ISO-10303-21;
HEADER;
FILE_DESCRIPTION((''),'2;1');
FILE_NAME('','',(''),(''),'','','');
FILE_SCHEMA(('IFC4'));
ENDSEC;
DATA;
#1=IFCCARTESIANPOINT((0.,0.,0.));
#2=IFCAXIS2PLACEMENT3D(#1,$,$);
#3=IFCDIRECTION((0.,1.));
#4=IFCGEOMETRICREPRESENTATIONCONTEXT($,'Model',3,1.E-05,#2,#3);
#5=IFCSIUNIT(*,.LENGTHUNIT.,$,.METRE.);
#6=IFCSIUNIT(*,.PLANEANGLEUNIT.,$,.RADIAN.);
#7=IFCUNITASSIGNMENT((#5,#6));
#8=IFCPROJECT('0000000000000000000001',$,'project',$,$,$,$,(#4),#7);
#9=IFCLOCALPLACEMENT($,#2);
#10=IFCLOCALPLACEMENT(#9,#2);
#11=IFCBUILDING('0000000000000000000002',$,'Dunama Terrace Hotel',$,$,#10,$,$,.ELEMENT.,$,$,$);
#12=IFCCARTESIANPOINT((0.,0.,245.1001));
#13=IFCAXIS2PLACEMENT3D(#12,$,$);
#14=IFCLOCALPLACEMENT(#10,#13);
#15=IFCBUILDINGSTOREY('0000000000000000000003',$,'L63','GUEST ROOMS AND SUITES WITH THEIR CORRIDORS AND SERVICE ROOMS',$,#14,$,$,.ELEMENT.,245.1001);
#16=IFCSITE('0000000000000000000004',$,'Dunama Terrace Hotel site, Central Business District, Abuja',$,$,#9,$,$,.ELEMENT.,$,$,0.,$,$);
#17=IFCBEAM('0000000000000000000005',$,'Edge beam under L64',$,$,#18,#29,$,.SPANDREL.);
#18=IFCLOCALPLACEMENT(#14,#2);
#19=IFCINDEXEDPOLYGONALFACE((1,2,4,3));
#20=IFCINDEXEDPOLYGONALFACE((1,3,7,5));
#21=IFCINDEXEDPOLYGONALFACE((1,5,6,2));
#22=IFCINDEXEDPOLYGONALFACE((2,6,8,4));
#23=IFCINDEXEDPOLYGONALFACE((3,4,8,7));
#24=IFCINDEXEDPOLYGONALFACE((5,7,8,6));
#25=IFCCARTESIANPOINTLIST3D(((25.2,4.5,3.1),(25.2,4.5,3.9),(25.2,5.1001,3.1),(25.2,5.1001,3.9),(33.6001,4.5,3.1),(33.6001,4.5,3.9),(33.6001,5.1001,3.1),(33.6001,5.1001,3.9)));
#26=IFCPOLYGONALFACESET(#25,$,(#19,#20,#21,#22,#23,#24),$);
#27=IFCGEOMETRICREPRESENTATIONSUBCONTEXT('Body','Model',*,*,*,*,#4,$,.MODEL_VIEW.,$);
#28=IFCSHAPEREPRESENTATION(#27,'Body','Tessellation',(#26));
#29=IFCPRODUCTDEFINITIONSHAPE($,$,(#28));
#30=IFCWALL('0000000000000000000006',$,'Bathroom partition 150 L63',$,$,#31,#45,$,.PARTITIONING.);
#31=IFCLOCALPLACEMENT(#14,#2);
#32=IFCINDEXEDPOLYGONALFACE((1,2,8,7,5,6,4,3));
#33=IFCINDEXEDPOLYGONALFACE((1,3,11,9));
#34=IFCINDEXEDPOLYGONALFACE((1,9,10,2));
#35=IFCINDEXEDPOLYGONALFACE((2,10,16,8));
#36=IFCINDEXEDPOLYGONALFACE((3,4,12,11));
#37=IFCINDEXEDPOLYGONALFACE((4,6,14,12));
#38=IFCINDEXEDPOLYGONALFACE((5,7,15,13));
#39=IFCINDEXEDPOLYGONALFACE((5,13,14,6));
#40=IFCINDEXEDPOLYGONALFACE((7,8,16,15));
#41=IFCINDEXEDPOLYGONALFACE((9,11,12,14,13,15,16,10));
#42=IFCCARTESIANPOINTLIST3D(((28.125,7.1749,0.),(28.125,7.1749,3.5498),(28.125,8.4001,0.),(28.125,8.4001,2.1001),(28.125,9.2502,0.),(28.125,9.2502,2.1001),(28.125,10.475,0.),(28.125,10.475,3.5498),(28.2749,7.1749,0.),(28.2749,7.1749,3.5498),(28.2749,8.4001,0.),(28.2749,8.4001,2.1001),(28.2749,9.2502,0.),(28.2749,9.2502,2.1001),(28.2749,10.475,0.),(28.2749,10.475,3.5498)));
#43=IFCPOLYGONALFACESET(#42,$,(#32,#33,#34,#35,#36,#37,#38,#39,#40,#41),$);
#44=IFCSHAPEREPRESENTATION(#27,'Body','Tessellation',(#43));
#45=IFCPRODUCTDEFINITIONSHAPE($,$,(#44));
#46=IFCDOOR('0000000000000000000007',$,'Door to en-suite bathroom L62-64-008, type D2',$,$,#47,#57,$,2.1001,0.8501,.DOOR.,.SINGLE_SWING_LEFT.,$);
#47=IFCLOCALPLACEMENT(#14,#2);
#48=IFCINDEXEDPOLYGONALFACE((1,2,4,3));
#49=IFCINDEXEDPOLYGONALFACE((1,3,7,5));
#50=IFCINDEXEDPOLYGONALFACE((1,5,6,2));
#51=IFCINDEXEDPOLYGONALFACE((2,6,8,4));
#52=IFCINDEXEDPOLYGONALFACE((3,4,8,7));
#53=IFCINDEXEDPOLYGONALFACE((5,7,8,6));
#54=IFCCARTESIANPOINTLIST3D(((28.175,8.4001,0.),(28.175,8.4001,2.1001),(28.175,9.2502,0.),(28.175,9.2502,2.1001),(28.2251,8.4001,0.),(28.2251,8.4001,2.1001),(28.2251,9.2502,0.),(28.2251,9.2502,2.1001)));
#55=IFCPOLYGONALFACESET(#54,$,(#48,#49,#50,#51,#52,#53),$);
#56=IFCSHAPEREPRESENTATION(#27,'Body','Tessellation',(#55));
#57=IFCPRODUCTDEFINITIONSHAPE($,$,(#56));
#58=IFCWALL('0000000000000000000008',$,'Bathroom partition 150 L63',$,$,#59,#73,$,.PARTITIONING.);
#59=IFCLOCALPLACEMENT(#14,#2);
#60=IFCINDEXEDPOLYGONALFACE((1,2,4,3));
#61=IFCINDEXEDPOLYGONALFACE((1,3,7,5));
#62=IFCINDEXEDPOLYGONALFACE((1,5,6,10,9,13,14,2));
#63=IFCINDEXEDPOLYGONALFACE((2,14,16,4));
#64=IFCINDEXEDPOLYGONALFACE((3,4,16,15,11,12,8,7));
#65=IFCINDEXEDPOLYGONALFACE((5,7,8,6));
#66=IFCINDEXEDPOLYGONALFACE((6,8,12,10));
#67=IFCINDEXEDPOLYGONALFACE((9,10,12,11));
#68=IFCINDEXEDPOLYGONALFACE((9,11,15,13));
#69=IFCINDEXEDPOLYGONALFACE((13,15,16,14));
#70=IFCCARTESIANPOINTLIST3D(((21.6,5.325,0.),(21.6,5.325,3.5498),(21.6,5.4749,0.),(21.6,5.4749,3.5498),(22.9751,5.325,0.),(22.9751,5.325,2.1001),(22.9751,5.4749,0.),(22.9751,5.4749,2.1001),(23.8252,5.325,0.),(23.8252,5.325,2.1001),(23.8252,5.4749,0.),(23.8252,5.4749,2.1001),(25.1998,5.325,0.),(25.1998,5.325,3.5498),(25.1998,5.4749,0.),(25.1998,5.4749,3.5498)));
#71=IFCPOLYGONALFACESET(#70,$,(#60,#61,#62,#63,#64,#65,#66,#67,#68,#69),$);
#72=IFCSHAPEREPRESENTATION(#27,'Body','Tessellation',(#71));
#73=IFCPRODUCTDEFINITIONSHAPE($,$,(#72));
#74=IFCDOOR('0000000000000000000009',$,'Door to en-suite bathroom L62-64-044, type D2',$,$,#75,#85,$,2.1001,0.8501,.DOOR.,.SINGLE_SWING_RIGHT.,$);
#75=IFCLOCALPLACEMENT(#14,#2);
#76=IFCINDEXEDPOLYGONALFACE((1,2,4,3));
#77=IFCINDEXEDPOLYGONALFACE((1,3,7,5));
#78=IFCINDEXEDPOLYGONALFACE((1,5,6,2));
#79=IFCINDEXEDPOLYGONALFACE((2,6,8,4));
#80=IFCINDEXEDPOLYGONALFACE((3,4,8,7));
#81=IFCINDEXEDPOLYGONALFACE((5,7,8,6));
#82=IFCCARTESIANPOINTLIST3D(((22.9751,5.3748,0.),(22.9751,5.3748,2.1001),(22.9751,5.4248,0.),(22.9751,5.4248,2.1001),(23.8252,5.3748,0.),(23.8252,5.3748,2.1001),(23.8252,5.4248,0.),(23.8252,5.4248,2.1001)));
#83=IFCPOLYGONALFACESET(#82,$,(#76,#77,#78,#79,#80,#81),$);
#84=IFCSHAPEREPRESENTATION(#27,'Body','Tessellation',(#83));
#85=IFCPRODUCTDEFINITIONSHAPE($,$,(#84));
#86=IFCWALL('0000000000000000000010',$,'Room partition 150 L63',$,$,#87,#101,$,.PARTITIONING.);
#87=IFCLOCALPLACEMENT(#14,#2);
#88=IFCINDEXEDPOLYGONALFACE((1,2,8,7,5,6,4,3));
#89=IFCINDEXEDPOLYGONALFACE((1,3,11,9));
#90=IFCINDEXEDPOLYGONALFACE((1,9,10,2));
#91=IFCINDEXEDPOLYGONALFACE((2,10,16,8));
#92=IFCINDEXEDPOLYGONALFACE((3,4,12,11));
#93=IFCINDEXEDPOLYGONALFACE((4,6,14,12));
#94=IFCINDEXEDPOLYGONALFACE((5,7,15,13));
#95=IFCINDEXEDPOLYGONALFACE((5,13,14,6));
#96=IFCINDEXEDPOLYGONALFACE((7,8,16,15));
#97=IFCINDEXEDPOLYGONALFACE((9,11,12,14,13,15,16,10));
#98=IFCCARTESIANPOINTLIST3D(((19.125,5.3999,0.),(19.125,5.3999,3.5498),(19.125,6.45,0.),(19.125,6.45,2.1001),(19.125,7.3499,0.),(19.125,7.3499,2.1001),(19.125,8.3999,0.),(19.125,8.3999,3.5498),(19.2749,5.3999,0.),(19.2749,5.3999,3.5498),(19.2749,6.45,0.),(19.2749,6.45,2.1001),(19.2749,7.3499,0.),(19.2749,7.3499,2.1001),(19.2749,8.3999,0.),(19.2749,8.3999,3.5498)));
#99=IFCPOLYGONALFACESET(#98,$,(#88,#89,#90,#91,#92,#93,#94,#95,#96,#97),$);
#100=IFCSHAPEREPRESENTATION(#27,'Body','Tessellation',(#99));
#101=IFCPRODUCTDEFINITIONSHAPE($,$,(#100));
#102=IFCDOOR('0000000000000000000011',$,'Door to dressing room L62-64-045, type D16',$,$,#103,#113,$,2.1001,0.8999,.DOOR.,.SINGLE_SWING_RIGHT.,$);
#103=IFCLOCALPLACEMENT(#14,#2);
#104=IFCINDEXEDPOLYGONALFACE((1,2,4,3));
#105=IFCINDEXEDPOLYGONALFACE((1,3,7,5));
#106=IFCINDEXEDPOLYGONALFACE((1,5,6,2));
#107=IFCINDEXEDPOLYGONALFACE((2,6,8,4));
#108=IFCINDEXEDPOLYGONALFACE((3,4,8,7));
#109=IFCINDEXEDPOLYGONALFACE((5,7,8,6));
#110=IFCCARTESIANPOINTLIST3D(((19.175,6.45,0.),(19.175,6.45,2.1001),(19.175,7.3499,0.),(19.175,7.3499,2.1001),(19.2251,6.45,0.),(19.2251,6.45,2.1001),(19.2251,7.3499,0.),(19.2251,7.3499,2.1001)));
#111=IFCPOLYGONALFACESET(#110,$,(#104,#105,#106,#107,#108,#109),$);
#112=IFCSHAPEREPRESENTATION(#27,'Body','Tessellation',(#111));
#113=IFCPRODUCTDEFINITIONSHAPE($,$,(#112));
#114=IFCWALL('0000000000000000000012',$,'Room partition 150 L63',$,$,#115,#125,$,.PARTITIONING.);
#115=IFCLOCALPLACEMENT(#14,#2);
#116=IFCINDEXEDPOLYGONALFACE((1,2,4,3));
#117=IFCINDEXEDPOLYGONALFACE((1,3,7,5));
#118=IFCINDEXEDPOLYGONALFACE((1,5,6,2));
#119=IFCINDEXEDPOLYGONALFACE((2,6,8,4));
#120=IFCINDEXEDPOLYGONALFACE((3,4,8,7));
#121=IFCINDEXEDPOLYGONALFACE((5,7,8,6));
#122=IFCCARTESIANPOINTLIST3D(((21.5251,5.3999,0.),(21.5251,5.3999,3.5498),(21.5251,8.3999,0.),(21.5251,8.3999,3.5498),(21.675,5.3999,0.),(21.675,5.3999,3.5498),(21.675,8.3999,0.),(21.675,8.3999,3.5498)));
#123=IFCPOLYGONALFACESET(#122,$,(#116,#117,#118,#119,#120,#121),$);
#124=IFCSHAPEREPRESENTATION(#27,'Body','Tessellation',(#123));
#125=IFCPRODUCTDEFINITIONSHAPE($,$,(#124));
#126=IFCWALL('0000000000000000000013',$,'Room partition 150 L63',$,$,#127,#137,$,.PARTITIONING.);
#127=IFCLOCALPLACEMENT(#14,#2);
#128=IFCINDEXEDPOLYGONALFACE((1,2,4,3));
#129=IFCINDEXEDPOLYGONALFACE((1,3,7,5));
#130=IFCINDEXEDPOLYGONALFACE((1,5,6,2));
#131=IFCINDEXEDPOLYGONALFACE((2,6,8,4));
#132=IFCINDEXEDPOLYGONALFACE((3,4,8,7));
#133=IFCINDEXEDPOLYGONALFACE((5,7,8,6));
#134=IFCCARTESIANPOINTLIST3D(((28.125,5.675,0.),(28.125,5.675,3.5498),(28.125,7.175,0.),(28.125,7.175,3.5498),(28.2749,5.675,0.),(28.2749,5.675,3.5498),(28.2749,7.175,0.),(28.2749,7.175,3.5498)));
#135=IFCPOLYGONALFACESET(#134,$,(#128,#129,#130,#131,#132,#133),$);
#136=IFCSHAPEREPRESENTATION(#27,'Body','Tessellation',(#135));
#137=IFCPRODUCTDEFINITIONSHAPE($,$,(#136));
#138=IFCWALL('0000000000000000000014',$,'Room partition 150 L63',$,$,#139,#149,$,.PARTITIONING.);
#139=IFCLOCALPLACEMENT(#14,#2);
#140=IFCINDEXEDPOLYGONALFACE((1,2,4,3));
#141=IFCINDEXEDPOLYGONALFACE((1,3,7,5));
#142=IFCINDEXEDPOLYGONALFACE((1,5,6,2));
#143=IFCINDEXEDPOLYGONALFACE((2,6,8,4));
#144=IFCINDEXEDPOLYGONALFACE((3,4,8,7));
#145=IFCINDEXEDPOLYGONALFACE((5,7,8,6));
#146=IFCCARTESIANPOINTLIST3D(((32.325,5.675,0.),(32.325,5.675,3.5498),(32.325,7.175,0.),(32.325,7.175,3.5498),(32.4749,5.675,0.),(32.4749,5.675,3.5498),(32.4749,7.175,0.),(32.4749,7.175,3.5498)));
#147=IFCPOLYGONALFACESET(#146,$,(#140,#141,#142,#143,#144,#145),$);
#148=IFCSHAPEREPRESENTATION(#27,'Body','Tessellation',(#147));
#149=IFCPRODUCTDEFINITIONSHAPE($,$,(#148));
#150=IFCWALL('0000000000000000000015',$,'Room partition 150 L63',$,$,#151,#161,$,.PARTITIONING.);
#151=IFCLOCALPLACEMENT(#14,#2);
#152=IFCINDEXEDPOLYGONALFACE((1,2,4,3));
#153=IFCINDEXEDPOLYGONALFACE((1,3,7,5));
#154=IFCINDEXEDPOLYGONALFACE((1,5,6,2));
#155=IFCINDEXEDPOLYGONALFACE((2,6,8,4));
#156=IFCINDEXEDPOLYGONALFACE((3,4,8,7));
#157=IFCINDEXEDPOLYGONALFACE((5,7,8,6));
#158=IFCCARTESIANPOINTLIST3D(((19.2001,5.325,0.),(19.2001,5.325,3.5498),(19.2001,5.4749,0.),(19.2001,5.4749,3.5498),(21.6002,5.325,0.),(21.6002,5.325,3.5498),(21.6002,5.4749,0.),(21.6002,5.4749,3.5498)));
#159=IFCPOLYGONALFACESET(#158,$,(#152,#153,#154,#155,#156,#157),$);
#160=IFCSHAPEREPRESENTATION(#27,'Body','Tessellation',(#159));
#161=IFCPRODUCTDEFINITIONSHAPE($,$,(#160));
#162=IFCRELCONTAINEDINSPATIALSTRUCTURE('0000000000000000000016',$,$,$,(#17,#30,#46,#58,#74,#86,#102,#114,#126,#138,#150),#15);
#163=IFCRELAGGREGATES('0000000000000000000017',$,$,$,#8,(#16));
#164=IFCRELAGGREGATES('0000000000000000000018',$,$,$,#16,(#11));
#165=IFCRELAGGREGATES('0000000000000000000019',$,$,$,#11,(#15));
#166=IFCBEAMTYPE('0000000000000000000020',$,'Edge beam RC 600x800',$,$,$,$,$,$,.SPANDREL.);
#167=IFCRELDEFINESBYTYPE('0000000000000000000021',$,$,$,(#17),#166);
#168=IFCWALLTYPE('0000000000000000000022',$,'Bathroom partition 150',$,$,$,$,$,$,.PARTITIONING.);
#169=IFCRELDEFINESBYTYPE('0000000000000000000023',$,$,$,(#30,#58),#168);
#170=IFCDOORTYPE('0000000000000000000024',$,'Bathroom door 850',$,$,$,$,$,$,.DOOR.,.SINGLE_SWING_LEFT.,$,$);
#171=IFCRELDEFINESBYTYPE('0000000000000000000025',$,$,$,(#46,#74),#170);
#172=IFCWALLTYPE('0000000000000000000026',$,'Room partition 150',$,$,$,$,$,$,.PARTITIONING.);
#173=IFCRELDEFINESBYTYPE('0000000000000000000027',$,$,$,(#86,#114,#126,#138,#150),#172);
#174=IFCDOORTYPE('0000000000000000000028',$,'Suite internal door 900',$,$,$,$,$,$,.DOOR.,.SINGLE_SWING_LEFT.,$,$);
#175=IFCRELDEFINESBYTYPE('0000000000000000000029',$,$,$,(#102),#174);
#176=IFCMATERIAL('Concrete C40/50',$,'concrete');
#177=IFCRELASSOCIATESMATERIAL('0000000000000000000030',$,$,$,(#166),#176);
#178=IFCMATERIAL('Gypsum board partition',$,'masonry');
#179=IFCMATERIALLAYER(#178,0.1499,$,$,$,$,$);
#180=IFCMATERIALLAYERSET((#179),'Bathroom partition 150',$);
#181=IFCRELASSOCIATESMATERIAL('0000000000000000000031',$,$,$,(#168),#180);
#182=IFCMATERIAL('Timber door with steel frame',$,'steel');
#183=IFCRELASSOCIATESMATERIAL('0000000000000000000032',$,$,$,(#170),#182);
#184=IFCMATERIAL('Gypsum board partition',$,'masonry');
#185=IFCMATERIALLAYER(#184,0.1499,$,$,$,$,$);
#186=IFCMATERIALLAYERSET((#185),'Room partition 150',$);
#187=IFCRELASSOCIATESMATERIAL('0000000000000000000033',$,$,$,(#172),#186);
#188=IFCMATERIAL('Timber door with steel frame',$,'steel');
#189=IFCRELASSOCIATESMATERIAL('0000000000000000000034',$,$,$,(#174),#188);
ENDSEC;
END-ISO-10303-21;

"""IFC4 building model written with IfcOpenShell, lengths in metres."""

from ifc_helpers import new_model, si_unit, direction, frame, frame_2d, origin, origin_2d, place, context, subcontext, project, spatial, rectangle, extrude, material, layer, layer_set, material_profile, profile_set, type_object, element, fill, save


model = new_model("IFC4")

# Units and contexts
model_context = context("Model", 3, precision=1e-05, world=origin(), true_north=direction((0.0, 1.0)))
body_context = subcontext(model_context, "Body", "Model", "MODEL_VIEW")
ifc_project = project(units=[si_unit("LENGTHUNIT", "METRE"), si_unit("PLANEANGLEUNIT", "RADIAN")], contexts=[model_context])

# Site, building, storey
site_placement = place(None, origin())
site = spatial("IfcSite", under=ifc_project, at=site_placement, Name="Dunama Terrace Hotel site, Central Business District, Abuja", CompositionType="ELEMENT", RefElevation=0.0)
building_placement = place(site_placement, origin())
building = spatial("IfcBuilding", under=site, at=building_placement, Name="Dunama Terrace Hotel", CompositionType="ELEMENT")
storey_placement = place(building_placement, frame((0.0, 0.0, 245.1001)))
storey = spatial("IfcBuildingStorey", under=building, at=storey_placement, Name="L63", Description="GUEST ROOMS AND SUITES WITH THEIR CORRIDORS AND SERVICE ROOMS", CompositionType="ELEMENT", Elevation=245.1001)

# Beam
ifc_material_1 = material(Name="Concrete C40/50", Category="concrete")
ifc_material_profile = material_profile(ifc_material_1, rectangle(XDim=0.6001, YDim=0.8, at=origin_2d()), Name="RC 600x800")
ifc_profile_set = profile_set([ifc_material_profile], Name="Concrete C40/50")
beam_type = type_object("IfcBeamType", Name="Edge beam RC 600x800", PredefinedType="SPANDREL", material=ifc_profile_set)
beam_placement = place(storey_placement, frame((25.2, 4.8, 3.5), z_axis=(1.0, 0.0, 0.0), x_axis=(0.0, 1.0, 0.0)))
element("IfcBeam", 1, at=beam_placement, inside=storey, type_object=beam_type, Name="Edge beam under L64", PredefinedType="SPANDREL", context=body_context, shape_type="SweptSolid", body=[
    extrude(rectangle(XDim=0.6001, YDim=0.8, at=origin_2d()), origin(), (0.0, 0.0, 1.0), 8.4001),
])

# Walls, openings, doors
ifc_material_2 = material(Name="Gypsum board partition", Category="masonry")
ifc_layer_1 = layer(ifc_material_2, 0.1499)
ifc_layer_set_1 = layer_set([ifc_layer_1], Name="Bathroom partition 150")
wall_type_1 = type_object("IfcWallType", Name="Bathroom partition 150", PredefinedType="PARTITIONING", material=ifc_layer_set_1)
wall_1_placement = place(storey_placement, frame((28.2, 7.175, 0.0), z_axis=(0.0, 0.0, 1.0), x_axis=(0.0, 1.0, 0.0)))
wall_1 = element("IfcWall", 2, at=wall_1_placement, inside=storey, type_object=wall_type_1, Name="Bathroom partition 150 L63", PredefinedType="PARTITIONING", context=body_context, shape_type="SweptSolid", body=[
    extrude(rectangle(XDim=3.3, YDim=0.1499, at=frame_2d((1.6499, 0.0))), origin(), (0.0, 0.0, 1.0), 3.5498),
])
opening_1_placement = place(wall_1_placement, frame((1.2251, 0.0, 0.0)))
opening_1 = element("IfcOpeningElement", 3, at=opening_1_placement, cuts=wall_1, PredefinedType="OPENING", context=body_context, shape_type="SweptSolid", body=[
    extrude(rectangle(XDim=0.8501, YDim=2.1001, at=frame_2d((0.425, 1.05))), frame((0.0, 0.085, 0.0), z_axis=(0.0, -1.0, 0.0), x_axis=(1.0, 0.0, 0.0)), (0.0, 0.0, 1.0), 0.1699),
])
ifc_material_3 = material(Name="Timber door with steel frame", Category="steel")
door_type_1 = type_object("IfcDoorType", Name="Bathroom door 850", OperationType="SINGLE_SWING_LEFT", PredefinedType="DOOR", material=ifc_material_3)
door_1_placement = place(opening_1_placement, origin())
door_1 = element("IfcDoor", 4, at=door_1_placement, inside=storey, type_object=door_type_1, Name="Door to en-suite bathroom L62-64-008, type D2", OperationType="SINGLE_SWING_LEFT", OverallHeight=2.1001, OverallWidth=0.8501, PredefinedType="DOOR", context=body_context, shape_type="SweptSolid", body=[
    extrude(rectangle(XDim=0.8501, YDim=2.1001, at=frame_2d((0.425, 1.05))), frame((0.0, 0.0249, 0.0), z_axis=(0.0, -1.0, 0.0), x_axis=(1.0, 0.0, 0.0)), (0.0, 0.0, 1.0), 0.05),
])
fill(opening_1, door_1)
wall_2_placement = place(storey_placement, frame((21.6001, 5.3999, 0.0), z_axis=(0.0, 0.0, 1.0), x_axis=(1.0, 0.0, 0.0)))
wall_2 = element("IfcWall", 5, at=wall_2_placement, inside=storey, type_object=wall_type_1, Name="Bathroom partition 150 L63", PredefinedType="PARTITIONING", context=body_context, shape_type="SweptSolid", body=[
    extrude(rectangle(XDim=3.5999, YDim=0.1499, at=frame_2d((1.7998, 0.0))), origin(), (0.0, 0.0, 1.0), 3.5498),
])
opening_2_placement = place(wall_2_placement, frame((1.375, 0.0, 0.0)))
opening_2 = element("IfcOpeningElement", 6, at=opening_2_placement, cuts=wall_2, PredefinedType="OPENING", context=body_context, shape_type="SweptSolid", body=[
    extrude(rectangle(XDim=0.8501, YDim=2.1001, at=frame_2d((0.425, 1.05))), frame((0.0, 0.085, 0.0), z_axis=(0.0, -1.0, 0.0), x_axis=(1.0, 0.0, 0.0)), (0.0, 0.0, 1.0), 0.1699),
])
door_2_placement = place(opening_2_placement, origin())
door_2 = element("IfcDoor", 7, at=door_2_placement, inside=storey, type_object=door_type_1, Name="Door to en-suite bathroom L62-64-044, type D2", OperationType="SINGLE_SWING_RIGHT", OverallHeight=2.1001, OverallWidth=0.8501, PredefinedType="DOOR", context=body_context, shape_type="SweptSolid", body=[
    extrude(rectangle(XDim=0.8501, YDim=2.1001, at=frame_2d((0.425, 1.05))), frame((0.0, 0.0249, 0.0), z_axis=(0.0, -1.0, 0.0), x_axis=(1.0, 0.0, 0.0)), (0.0, 0.0, 1.0), 0.05),
])
fill(opening_2, door_2)
ifc_material_4 = material(Name="Gypsum board partition", Category="masonry")
ifc_layer_2 = layer(ifc_material_4, 0.1499)
ifc_layer_set_2 = layer_set([ifc_layer_2], Name="Room partition 150")
wall_type_2 = type_object("IfcWallType", Name="Room partition 150", PredefinedType="PARTITIONING", material=ifc_layer_set_2)
wall_3_placement = place(storey_placement, frame((19.2, 5.3999, 0.0), z_axis=(0.0, 0.0, 1.0), x_axis=(0.0, 1.0, 0.0)))
wall_3 = element("IfcWall", 8, at=wall_3_placement, inside=storey, type_object=wall_type_2, Name="Room partition 150 L63", PredefinedType="PARTITIONING", context=body_context, shape_type="SweptSolid", body=[
    extrude(rectangle(XDim=3.0, YDim=0.1499, at=frame_2d((1.5, 0.0))), origin(), (0.0, 0.0, 1.0), 3.5498),
])
opening_3_placement = place(wall_3_placement, frame((1.05, 0.0, 0.0)))
opening_3 = element("IfcOpeningElement", 9, at=opening_3_placement, cuts=wall_3, PredefinedType="OPENING", context=body_context, shape_type="SweptSolid", body=[
    extrude(rectangle(XDim=0.8999, YDim=2.1001, at=frame_2d((0.45, 1.05))), frame((0.0, 0.085, 0.0), z_axis=(0.0, -1.0, 0.0), x_axis=(1.0, 0.0, 0.0)), (0.0, 0.0, 1.0), 0.1699),
])
ifc_material_5 = material(Name="Timber door with steel frame", Category="steel")
door_type_2 = type_object("IfcDoorType", Name="Suite internal door 900", OperationType="SINGLE_SWING_LEFT", PredefinedType="DOOR", material=ifc_material_5)
door_3_placement = place(opening_3_placement, frame((0.8999, 0.0, 0.0), z_axis=(0.0, 0.0, 1.0), x_axis=(-1.0, 0.0, 0.0)))
door_3 = element("IfcDoor", 10, at=door_3_placement, inside=storey, type_object=door_type_2, Name="Door to dressing room L62-64-045, type D16", OperationType="SINGLE_SWING_RIGHT", OverallHeight=2.1001, OverallWidth=0.8999, PredefinedType="DOOR", context=body_context, shape_type="SweptSolid", body=[
    extrude(rectangle(XDim=0.8999, YDim=2.1001, at=frame_2d((0.45, 1.05))), frame((0.0, 0.0251, 0.0), z_axis=(0.0, -1.0, 0.0), x_axis=(1.0, 0.0, 0.0)), (0.0, 0.0, 1.0), 0.05),
])
fill(opening_3, door_3)

# Walls
wall_4_placement = place(storey_placement, frame((21.6001, 5.3999, 0.0), z_axis=(0.0, 0.0, 1.0), x_axis=(0.0, 1.0, 0.0)))
element("IfcWall", 11, at=wall_4_placement, inside=storey, type_object=wall_type_2, Name="Room partition 150 L63", PredefinedType="PARTITIONING", context=body_context, shape_type="SweptSolid", body=[
    extrude(rectangle(XDim=3.0, YDim=0.1499, at=frame_2d((1.5, 0.0))), origin(), (0.0, 0.0, 1.0), 3.5498),
])
for number, where, z_axis, x_axis, name in (
    (12, (28.2, 5.675, 0.0), (0.0, 0.0, 1.0), (0.0, 1.0, 0.0), "Room partition 150 L63"),
    (13, (32.3999, 5.675, 0.0), (0.0, 0.0, 1.0), (0.0, 1.0, 0.0), "Room partition 150 L63"),
):
    element("IfcWall", number, at=place(storey_placement, frame(where, z_axis=z_axis, x_axis=x_axis)), inside=storey, type_object=wall_type_2, Name=name, PredefinedType="PARTITIONING", context=body_context, shape_type="SweptSolid", body=[
        extrude(rectangle(XDim=1.5, YDim=0.1499, at=frame_2d((0.75, 0.0))), origin(), (0.0, 0.0, 1.0), 3.5498),
    ])
wall_5_placement = place(storey_placement, frame((19.2, 5.3999, 0.0), z_axis=(0.0, 0.0, 1.0), x_axis=(1.0, 0.0, 0.0)))
element("IfcWall", 14, at=wall_5_placement, inside=storey, type_object=wall_type_2, Name="Room partition 150 L63", PredefinedType="PARTITIONING", context=body_context, shape_type="SweptSolid", body=[
    extrude(rectangle(XDim=2.4001, YDim=0.1499, at=frame_2d((1.2002, 0.0))), origin(), (0.0, 0.0, 1.0), 3.5498),
])

save(model, "model.ifc")
